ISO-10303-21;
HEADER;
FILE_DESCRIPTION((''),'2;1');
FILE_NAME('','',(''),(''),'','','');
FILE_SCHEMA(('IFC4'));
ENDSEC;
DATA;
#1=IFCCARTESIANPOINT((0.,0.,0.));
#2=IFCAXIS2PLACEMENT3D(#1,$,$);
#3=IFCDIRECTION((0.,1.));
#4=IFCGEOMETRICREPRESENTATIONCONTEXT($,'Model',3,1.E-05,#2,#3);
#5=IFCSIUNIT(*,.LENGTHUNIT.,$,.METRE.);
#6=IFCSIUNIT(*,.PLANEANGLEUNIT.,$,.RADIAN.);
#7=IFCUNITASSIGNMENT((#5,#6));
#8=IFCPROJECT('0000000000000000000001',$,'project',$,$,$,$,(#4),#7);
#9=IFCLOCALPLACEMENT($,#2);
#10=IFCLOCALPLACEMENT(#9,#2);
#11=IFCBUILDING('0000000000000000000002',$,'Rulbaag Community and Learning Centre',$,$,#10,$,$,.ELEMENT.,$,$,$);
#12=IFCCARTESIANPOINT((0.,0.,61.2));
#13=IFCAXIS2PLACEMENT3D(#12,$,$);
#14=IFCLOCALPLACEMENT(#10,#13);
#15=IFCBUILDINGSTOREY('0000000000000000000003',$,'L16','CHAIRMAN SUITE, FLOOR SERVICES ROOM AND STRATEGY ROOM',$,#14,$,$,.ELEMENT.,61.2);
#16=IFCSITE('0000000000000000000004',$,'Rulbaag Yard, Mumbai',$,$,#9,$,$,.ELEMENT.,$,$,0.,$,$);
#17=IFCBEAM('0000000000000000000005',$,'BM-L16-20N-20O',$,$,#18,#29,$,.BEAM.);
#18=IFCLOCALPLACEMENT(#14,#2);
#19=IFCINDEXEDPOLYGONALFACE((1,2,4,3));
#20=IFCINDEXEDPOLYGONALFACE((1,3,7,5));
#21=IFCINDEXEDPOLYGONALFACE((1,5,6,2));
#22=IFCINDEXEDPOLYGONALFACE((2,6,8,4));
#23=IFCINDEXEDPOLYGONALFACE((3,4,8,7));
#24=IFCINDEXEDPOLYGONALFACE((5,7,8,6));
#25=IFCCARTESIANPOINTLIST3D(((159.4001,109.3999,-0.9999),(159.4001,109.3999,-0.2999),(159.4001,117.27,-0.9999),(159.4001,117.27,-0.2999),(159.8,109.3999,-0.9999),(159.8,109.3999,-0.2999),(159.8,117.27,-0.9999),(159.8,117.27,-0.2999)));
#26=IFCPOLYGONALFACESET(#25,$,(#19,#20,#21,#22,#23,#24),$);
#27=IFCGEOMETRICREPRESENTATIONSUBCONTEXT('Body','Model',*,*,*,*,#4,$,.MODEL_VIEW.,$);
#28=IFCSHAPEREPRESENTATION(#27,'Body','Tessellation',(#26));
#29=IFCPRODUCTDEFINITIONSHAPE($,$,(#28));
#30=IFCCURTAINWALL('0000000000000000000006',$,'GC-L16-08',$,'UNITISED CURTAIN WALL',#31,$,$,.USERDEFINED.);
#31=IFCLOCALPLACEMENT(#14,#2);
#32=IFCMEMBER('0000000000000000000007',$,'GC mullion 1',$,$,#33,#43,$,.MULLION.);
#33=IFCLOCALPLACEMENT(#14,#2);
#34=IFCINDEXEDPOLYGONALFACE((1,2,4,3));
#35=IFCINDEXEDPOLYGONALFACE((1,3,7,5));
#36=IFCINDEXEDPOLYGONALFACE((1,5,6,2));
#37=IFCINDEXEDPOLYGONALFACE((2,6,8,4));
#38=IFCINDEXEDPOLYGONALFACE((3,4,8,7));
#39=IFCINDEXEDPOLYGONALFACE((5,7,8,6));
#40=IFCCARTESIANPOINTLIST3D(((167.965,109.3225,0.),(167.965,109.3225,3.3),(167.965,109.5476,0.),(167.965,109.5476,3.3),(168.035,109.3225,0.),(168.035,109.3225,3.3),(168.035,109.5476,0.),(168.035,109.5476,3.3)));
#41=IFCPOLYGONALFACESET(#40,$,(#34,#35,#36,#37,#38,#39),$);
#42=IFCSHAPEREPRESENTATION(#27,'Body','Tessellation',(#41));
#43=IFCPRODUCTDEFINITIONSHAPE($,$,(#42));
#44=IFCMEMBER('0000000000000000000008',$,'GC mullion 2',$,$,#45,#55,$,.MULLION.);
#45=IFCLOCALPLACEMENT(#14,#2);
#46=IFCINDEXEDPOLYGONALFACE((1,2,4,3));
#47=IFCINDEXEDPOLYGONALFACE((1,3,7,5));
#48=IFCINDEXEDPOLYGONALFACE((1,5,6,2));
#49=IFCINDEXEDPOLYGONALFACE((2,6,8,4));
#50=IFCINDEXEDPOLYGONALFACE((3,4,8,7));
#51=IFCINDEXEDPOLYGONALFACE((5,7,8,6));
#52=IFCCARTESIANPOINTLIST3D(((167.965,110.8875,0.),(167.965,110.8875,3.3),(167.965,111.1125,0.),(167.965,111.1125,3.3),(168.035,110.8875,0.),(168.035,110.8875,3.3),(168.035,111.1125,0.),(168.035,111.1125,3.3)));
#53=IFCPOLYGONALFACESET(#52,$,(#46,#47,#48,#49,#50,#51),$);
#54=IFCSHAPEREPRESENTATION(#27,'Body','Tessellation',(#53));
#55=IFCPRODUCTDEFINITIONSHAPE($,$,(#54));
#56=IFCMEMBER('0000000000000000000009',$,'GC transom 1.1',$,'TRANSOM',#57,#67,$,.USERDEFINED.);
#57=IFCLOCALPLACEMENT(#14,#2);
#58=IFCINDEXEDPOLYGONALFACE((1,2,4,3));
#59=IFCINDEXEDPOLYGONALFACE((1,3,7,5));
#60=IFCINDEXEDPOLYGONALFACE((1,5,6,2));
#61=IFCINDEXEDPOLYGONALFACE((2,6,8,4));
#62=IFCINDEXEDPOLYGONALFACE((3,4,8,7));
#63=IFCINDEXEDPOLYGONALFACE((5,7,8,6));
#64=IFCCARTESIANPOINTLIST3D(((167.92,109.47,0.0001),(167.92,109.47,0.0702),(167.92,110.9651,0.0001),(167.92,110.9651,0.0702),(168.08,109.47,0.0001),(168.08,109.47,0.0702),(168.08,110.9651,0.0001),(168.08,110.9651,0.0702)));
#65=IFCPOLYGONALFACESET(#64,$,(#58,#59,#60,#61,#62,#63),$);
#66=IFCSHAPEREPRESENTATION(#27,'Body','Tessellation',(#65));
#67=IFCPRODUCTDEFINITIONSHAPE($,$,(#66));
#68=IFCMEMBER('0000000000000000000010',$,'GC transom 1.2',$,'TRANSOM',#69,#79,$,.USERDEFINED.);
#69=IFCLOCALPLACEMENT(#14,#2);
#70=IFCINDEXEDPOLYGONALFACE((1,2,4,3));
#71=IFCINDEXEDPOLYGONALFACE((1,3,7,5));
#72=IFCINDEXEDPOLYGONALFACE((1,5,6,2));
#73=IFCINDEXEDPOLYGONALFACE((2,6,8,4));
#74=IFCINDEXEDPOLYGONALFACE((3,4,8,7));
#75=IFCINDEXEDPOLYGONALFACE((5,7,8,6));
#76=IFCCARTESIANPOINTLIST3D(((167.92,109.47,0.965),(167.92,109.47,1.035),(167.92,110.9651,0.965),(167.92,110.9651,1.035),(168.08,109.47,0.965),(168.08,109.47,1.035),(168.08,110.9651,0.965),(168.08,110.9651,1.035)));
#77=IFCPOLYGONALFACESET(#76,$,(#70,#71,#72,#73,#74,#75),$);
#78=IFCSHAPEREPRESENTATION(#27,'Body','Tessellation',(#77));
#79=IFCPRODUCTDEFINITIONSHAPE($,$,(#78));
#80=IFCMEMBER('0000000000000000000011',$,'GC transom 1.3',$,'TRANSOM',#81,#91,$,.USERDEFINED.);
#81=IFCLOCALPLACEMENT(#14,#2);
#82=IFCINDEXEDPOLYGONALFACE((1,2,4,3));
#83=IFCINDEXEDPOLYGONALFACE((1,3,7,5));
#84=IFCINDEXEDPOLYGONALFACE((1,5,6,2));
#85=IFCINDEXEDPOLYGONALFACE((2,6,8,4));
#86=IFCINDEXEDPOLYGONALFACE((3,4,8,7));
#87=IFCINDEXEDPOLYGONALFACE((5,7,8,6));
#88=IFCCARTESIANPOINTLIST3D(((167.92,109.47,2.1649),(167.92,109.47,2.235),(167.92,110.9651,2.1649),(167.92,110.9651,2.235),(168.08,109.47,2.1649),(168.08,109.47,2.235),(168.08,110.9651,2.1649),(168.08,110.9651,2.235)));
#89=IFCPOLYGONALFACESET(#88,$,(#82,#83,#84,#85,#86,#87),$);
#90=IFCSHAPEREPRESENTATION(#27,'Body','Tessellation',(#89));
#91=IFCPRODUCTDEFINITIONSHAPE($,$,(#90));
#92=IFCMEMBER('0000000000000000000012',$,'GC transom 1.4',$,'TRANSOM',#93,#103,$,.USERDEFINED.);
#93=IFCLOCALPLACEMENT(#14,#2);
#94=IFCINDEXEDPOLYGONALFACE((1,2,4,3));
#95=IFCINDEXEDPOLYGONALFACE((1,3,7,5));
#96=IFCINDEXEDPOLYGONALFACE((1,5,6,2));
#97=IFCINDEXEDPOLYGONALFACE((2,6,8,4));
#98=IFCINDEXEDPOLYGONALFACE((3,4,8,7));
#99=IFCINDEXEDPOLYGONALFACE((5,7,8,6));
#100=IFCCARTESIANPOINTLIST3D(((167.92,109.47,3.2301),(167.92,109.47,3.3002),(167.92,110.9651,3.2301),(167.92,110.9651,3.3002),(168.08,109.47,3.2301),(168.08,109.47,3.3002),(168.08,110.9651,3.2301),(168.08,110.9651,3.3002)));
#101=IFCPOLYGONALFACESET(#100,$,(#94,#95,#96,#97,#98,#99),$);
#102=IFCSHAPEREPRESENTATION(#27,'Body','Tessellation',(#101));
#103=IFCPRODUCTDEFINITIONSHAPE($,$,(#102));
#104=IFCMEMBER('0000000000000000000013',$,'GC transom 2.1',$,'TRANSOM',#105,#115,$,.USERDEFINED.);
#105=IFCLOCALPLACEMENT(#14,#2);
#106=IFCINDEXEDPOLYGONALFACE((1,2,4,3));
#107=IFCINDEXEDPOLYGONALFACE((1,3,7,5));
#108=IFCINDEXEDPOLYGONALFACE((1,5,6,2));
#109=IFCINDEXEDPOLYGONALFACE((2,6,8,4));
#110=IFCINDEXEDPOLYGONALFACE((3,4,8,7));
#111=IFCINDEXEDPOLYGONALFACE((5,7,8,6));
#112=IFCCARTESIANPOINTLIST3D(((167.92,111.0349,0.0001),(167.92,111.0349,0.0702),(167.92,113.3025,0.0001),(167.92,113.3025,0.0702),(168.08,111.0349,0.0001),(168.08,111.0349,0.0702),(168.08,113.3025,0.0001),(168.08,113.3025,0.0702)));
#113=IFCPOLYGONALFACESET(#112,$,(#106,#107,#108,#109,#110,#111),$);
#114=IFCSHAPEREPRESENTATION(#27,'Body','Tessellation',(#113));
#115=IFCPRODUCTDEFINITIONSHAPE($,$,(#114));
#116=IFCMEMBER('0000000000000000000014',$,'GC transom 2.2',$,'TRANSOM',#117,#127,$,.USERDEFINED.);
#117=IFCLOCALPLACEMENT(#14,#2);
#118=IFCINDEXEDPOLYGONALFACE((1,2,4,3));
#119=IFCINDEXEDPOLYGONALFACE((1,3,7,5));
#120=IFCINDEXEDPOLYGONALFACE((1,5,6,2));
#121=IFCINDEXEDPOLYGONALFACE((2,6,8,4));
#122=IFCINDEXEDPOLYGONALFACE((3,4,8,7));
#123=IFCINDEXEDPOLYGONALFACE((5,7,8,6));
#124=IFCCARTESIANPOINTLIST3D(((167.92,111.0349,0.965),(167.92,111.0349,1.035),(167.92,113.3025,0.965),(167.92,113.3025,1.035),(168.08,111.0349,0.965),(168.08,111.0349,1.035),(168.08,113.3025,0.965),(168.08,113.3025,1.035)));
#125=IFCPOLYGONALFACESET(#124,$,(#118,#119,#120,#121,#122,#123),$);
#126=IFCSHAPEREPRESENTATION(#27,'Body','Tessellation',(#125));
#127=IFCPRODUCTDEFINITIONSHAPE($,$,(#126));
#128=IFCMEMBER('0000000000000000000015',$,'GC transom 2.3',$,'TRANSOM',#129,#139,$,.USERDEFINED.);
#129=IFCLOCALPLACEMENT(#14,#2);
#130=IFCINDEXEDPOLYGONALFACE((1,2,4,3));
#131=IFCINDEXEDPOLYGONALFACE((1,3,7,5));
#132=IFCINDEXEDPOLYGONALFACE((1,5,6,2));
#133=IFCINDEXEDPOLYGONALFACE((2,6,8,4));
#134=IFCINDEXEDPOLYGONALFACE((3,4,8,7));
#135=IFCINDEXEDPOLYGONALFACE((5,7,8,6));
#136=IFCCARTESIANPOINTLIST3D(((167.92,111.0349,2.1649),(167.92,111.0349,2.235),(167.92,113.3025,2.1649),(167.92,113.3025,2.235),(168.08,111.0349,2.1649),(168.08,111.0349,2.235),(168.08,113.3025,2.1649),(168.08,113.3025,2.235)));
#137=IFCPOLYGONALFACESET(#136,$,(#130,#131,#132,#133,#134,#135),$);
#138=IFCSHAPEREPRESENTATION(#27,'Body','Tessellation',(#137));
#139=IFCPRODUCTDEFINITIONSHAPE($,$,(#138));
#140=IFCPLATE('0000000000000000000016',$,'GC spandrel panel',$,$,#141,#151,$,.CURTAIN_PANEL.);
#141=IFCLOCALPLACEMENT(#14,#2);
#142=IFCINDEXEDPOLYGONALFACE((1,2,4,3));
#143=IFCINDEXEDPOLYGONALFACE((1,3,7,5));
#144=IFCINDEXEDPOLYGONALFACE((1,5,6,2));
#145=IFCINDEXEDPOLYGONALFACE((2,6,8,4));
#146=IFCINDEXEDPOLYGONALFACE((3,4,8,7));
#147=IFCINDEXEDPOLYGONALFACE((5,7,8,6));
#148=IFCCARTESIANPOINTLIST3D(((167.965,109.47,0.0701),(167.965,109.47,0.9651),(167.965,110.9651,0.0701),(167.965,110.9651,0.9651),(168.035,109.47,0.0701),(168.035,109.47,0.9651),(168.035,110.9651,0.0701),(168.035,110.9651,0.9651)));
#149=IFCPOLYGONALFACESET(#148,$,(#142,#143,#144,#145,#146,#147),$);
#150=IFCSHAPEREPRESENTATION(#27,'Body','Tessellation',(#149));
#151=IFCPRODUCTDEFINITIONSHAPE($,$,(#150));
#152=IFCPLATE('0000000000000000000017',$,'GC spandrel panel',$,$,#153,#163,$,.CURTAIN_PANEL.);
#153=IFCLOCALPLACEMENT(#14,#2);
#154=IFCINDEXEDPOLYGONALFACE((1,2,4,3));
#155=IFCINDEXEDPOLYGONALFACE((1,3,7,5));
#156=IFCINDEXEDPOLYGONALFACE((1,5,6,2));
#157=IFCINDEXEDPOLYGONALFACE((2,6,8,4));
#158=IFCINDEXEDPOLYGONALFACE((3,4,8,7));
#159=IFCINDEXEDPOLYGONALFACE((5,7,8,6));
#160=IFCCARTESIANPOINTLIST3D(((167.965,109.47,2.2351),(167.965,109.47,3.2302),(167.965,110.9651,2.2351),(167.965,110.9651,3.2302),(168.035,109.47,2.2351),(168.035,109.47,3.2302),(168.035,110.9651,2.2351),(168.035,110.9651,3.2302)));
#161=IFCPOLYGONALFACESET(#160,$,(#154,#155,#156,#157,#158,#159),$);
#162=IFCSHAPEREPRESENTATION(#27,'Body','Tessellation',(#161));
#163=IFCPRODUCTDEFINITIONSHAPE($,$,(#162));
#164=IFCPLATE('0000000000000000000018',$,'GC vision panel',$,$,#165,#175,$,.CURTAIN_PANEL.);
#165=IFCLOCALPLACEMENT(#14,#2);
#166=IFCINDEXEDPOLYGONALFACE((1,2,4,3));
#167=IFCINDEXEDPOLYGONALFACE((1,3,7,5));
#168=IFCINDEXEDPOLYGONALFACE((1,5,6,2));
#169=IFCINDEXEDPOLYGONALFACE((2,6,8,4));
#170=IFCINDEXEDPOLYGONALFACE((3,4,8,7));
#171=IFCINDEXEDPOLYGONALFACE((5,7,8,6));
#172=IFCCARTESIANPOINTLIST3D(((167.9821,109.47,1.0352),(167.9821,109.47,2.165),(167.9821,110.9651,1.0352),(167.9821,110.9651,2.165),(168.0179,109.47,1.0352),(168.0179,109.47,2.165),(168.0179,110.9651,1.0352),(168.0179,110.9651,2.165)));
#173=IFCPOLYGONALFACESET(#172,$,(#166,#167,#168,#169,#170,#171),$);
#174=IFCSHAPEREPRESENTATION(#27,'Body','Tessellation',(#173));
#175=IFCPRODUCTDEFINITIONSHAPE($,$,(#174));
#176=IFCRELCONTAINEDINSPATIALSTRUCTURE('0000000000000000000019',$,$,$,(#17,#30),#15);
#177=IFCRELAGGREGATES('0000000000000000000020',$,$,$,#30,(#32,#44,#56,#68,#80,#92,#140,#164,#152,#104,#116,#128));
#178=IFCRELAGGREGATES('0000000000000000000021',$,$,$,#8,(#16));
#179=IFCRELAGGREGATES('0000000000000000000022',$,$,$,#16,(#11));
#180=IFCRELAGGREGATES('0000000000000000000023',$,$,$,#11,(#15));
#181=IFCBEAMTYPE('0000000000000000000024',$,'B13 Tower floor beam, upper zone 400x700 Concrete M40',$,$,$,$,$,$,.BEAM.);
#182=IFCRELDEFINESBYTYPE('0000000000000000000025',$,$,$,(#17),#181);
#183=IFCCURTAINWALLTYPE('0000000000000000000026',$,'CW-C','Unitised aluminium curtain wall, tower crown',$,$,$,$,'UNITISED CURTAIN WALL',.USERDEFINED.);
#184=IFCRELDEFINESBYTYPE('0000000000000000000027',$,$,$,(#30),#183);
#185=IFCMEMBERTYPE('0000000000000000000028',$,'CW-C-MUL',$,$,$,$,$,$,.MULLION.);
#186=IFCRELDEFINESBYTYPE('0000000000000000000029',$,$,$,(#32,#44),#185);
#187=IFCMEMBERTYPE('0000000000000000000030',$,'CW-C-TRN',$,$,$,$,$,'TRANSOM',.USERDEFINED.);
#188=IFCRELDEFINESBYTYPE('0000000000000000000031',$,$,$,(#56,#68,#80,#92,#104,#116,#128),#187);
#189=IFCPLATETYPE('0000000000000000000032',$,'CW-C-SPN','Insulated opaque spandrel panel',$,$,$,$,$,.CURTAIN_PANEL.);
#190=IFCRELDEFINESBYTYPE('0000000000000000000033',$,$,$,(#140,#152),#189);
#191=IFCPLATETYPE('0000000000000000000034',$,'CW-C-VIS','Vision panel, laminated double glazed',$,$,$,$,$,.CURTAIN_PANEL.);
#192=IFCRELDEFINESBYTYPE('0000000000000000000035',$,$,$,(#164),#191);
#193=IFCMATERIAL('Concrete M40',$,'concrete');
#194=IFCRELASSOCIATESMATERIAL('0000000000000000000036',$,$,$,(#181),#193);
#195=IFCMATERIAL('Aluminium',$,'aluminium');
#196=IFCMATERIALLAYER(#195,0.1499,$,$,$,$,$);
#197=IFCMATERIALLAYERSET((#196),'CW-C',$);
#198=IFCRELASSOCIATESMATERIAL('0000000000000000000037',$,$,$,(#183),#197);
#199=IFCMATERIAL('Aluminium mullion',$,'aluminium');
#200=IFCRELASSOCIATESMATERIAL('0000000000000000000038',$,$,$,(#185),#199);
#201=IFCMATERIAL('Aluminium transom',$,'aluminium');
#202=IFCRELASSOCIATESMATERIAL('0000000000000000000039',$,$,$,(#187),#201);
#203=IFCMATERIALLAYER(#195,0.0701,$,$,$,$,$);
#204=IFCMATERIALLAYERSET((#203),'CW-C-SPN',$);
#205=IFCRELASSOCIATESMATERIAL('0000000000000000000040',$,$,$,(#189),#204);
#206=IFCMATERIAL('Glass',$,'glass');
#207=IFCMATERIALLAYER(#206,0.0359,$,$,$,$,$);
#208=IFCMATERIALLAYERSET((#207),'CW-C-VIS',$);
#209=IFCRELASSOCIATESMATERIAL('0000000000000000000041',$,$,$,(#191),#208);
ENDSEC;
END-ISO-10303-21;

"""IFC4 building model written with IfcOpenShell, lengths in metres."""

from ifc_helpers import new_model, si_unit, direction, frame, origin, origin_2d, place, context, subcontext, project, spatial, rectangle, extrude, material, layer, layer_set, material_profile, profile_set, type_object, element, aggregate, save


model = new_model("IFC4")

# Units and contexts
model_context = context("Model", 3, precision=1e-05, world=origin(), true_north=direction((0.0, 1.0)))
body_context = subcontext(model_context, "Body", "Model", "MODEL_VIEW")
ifc_project = project(units=[si_unit("LENGTHUNIT", "METRE"), si_unit("PLANEANGLEUNIT", "RADIAN")], contexts=[model_context])

# Site, building, storey
site_placement = place(None, origin())
site = spatial("IfcSite", under=ifc_project, at=site_placement, Name="Rulbaag Yard, Mumbai", CompositionType="ELEMENT", RefElevation=0.0)
building_placement = place(site_placement, origin())
building = spatial("IfcBuilding", under=site, at=building_placement, Name="Rulbaag Community and Learning Centre", CompositionType="ELEMENT")
storey_placement = place(building_placement, frame((0.0, 0.0, 61.2)))
storey = spatial("IfcBuildingStorey", under=building, at=storey_placement, Name="L16", Description="CHAIRMAN SUITE, FLOOR SERVICES ROOM AND STRATEGY ROOM", CompositionType="ELEMENT", Elevation=61.2)

# Beam
ifc_material_1 = material(Name="Concrete M40", Category="concrete")
ifc_material_profile_1 = material_profile(ifc_material_1, rectangle(XDim=0.3999, YDim=0.7, at=origin_2d()), Name="RB400x700")
ifc_profile_set_1 = profile_set([ifc_material_profile_1], Name="Concrete M40")
beam_type = type_object("IfcBeamType", Name="B13 Tower floor beam, upper zone 400x700 Concrete M40", PredefinedType="BEAM", material=ifc_profile_set_1)
beam_placement = place(storey_placement, frame((159.6001, 109.3999, -0.6499), z_axis=(0.0, 1.0, 0.0), x_axis=(-1.0, 0.0, 0.0)))
element("IfcBeam", 1, at=beam_placement, inside=storey, type_object=beam_type, Name="BM-L16-20N-20O", PredefinedType="BEAM", context=body_context, shape_type="SweptSolid", body=[
    extrude(rectangle(XDim=0.3999, YDim=0.7, at=origin_2d()), origin(), (0.0, 0.0, 1.0), 7.8701),
])

# Curtain wall, members, plates
ifc_material_2 = material(Name="Aluminium", Category="aluminium")
ifc_layer_1 = layer(ifc_material_2, 0.1499)
ifc_layer_set_1 = layer_set([ifc_layer_1], Name="CW-C")
curtain_wall_type = type_object("IfcCurtainWallType", Name="CW-C", Description="Unitised aluminium curtain wall, tower crown", ElementType="UNITISED CURTAIN WALL", PredefinedType="USERDEFINED", material=ifc_layer_set_1)
curtain_wall_placement = place(storey_placement, origin())
curtain_wall = element("IfcCurtainWall", 2, at=curtain_wall_placement, inside=storey, type_object=curtain_wall_type, Name="GC-L16-08", ObjectType="UNITISED CURTAIN WALL", PredefinedType="USERDEFINED")
ifc_material_3 = material(Name="Aluminium mullion", Category="aluminium")
ifc_material_profile_2 = material_profile(ifc_material_3, rectangle(XDim=0.0701, YDim=0.2251, at=origin_2d()), Name="AL 70x225")
ifc_profile_set_2 = profile_set([ifc_material_profile_2], Name="Aluminium mullion")
member_type_1 = type_object("IfcMemberType", Name="CW-C-MUL", PredefinedType="MULLION", material=ifc_profile_set_2)
member_1_placement = place(storey_placement, frame((168.0, 109.4351, 0.0), z_axis=(0.0, 0.0, 1.0), x_axis=(-1.0, 0.0, 0.0)))
member_1 = element("IfcMember", 3, at=member_1_placement, type_object=member_type_1, Name="GC mullion 1", PredefinedType="MULLION", context=body_context, shape_type="SweptSolid", body=[
    extrude(rectangle(XDim=0.0701, YDim=0.2251, at=origin_2d()), origin(), (0.0, 0.0, 1.0), 3.3),
])
member_2_placement = place(storey_placement, frame((168.0, 111.0, 0.0), z_axis=(0.0, 0.0, 1.0), x_axis=(-1.0, 0.0, 0.0)))
member_2 = element("IfcMember", 4, at=member_2_placement, type_object=member_type_1, Name="GC mullion 2", PredefinedType="MULLION", context=body_context, shape_type="SweptSolid", body=[
    extrude(rectangle(XDim=0.0701, YDim=0.2251, at=origin_2d()), origin(), (0.0, 0.0, 1.0), 3.3),
])
ifc_material_4 = material(Name="Aluminium transom", Category="aluminium")
ifc_material_profile_3 = material_profile(ifc_material_4, rectangle(XDim=0.1599, YDim=0.0701, at=origin_2d()), Name="AL 70x160 T")
ifc_profile_set_3 = profile_set([ifc_material_profile_3], Name="Aluminium transom")
member_type_2 = type_object("IfcMemberType", Name="CW-C-TRN", ElementType="TRANSOM", PredefinedType="USERDEFINED", material=ifc_profile_set_3)
member_3_placement = place(storey_placement, frame((168.0, 109.47, 0.0352), z_axis=(0.0, 1.0, 0.0), x_axis=(-1.0, 0.0, 0.0)))
member_3 = element("IfcMember", 5, at=member_3_placement, type_object=member_type_2, Name="GC transom 1.1", ObjectType="TRANSOM", PredefinedType="USERDEFINED", context=body_context, shape_type="SweptSolid", body=[
    extrude(rectangle(XDim=0.1599, YDim=0.0701, at=origin_2d()), origin(), (0.0, 0.0, 1.0), 1.4951),
])
member_4_placement = place(storey_placement, frame((168.0, 109.47, 1.0), z_axis=(0.0, 1.0, 0.0), x_axis=(-1.0, 0.0, 0.0)))
member_4 = element("IfcMember", 6, at=member_4_placement, type_object=member_type_2, Name="GC transom 1.2", ObjectType="TRANSOM", PredefinedType="USERDEFINED", context=body_context, shape_type="SweptSolid", body=[
    extrude(rectangle(XDim=0.1599, YDim=0.0701, at=origin_2d()), origin(), (0.0, 0.0, 1.0), 1.4951),
])
member_5_placement = place(storey_placement, frame((168.0, 109.47, 2.2), z_axis=(0.0, 1.0, 0.0), x_axis=(-1.0, 0.0, 0.0)))
member_5 = element("IfcMember", 7, at=member_5_placement, type_object=member_type_2, Name="GC transom 1.3", ObjectType="TRANSOM", PredefinedType="USERDEFINED", context=body_context, shape_type="SweptSolid", body=[
    extrude(rectangle(XDim=0.1599, YDim=0.0701, at=origin_2d()), origin(), (0.0, 0.0, 1.0), 1.4951),
])
member_6_placement = place(storey_placement, frame((168.0, 109.47, 3.2651), z_axis=(0.0, 1.0, 0.0), x_axis=(-1.0, 0.0, 0.0)))
member_6 = element("IfcMember", 8, at=member_6_placement, type_object=member_type_2, Name="GC transom 1.4", ObjectType="TRANSOM", PredefinedType="USERDEFINED", context=body_context, shape_type="SweptSolid", body=[
    extrude(rectangle(XDim=0.1599, YDim=0.0701, at=origin_2d()), origin(), (0.0, 0.0, 1.0), 1.4951),
])
member_7_placement = place(storey_placement, frame((168.0, 111.0349, 0.0352), z_axis=(0.0, 1.0, 0.0), x_axis=(-1.0, 0.0, 0.0)))
member_7 = element("IfcMember", 9, at=member_7_placement, type_object=member_type_2, Name="GC transom 2.1", ObjectType="TRANSOM", PredefinedType="USERDEFINED", context=body_context, shape_type="SweptSolid", body=[
    extrude(rectangle(XDim=0.1599, YDim=0.0701, at=origin_2d()), origin(), (0.0, 0.0, 1.0), 2.2676),
])
member_8_placement = place(storey_placement, frame((168.0, 111.0349, 1.0), z_axis=(0.0, 1.0, 0.0), x_axis=(-1.0, 0.0, 0.0)))
member_8 = element("IfcMember", 10, at=member_8_placement, type_object=member_type_2, Name="GC transom 2.2", ObjectType="TRANSOM", PredefinedType="USERDEFINED", context=body_context, shape_type="SweptSolid", body=[
    extrude(rectangle(XDim=0.1599, YDim=0.0701, at=origin_2d()), origin(), (0.0, 0.0, 1.0), 2.2676),
])
member_9_placement = place(storey_placement, frame((168.0, 111.0349, 2.2), z_axis=(0.0, 1.0, 0.0), x_axis=(-1.0, 0.0, 0.0)))
member_9 = element("IfcMember", 11, at=member_9_placement, type_object=member_type_2, Name="GC transom 2.3", ObjectType="TRANSOM", PredefinedType="USERDEFINED", context=body_context, shape_type="SweptSolid", body=[
    extrude(rectangle(XDim=0.1599, YDim=0.0701, at=origin_2d()), origin(), (0.0, 0.0, 1.0), 2.2676),
])
ifc_layer_2 = layer(ifc_material_2, 0.0701)
ifc_layer_set_2 = layer_set([ifc_layer_2], Name="CW-C-SPN")
plate_type_1 = type_object("IfcPlateType", Name="CW-C-SPN", Description="Insulated opaque spandrel panel", PredefinedType="CURTAIN_PANEL", material=ifc_layer_set_2)
plate_1_placement = place(storey_placement, frame((168.0, 110.2175, 0.0701), z_axis=(0.0, 0.0, 1.0), x_axis=(0.0, 1.0, 0.0)))
plate_1 = element("IfcPlate", 12, at=plate_1_placement, type_object=plate_type_1, Name="GC spandrel panel", PredefinedType="CURTAIN_PANEL", context=body_context, shape_type="SweptSolid", body=[
    extrude(rectangle(XDim=1.4951, YDim=0.0701, at=origin_2d()), origin(), (0.0, 0.0, 1.0), 0.895),
])
plate_2_placement = place(storey_placement, frame((168.0, 110.2175, 2.2351), z_axis=(0.0, 0.0, 1.0), x_axis=(0.0, 1.0, 0.0)))
plate_2 = element("IfcPlate", 13, at=plate_2_placement, type_object=plate_type_1, Name="GC spandrel panel", PredefinedType="CURTAIN_PANEL", context=body_context, shape_type="SweptSolid", body=[
    extrude(rectangle(XDim=1.4951, YDim=0.0701, at=origin_2d()), origin(), (0.0, 0.0, 1.0), 0.9951),
])
ifc_material_5 = material(Name="Glass", Category="glass")
ifc_layer_3 = layer(ifc_material_5, 0.0359)
ifc_layer_set_3 = layer_set([ifc_layer_3], Name="CW-C-VIS")
plate_type_2 = type_object("IfcPlateType", Name="CW-C-VIS", Description="Vision panel, laminated double glazed", PredefinedType="CURTAIN_PANEL", material=ifc_layer_set_3)
plate_3_placement = place(storey_placement, frame((168.0, 110.2175, 1.0352), z_axis=(0.0, 0.0, 1.0), x_axis=(0.0, 1.0, 0.0)))
plate_3 = element("IfcPlate", 14, at=plate_3_placement, type_object=plate_type_2, Name="GC vision panel", PredefinedType="CURTAIN_PANEL", context=body_context, shape_type="SweptSolid", body=[
    extrude(rectangle(XDim=1.4951, YDim=0.0359, at=origin_2d()), origin(), (0.0, 0.0, 1.0), 1.1299),
])
aggregate(curtain_wall, [member_1, member_2, member_3, member_4, member_5, member_6, plate_1, plate_3, plate_2, member_7, member_8, member_9])

save(model, "model.ifc")
